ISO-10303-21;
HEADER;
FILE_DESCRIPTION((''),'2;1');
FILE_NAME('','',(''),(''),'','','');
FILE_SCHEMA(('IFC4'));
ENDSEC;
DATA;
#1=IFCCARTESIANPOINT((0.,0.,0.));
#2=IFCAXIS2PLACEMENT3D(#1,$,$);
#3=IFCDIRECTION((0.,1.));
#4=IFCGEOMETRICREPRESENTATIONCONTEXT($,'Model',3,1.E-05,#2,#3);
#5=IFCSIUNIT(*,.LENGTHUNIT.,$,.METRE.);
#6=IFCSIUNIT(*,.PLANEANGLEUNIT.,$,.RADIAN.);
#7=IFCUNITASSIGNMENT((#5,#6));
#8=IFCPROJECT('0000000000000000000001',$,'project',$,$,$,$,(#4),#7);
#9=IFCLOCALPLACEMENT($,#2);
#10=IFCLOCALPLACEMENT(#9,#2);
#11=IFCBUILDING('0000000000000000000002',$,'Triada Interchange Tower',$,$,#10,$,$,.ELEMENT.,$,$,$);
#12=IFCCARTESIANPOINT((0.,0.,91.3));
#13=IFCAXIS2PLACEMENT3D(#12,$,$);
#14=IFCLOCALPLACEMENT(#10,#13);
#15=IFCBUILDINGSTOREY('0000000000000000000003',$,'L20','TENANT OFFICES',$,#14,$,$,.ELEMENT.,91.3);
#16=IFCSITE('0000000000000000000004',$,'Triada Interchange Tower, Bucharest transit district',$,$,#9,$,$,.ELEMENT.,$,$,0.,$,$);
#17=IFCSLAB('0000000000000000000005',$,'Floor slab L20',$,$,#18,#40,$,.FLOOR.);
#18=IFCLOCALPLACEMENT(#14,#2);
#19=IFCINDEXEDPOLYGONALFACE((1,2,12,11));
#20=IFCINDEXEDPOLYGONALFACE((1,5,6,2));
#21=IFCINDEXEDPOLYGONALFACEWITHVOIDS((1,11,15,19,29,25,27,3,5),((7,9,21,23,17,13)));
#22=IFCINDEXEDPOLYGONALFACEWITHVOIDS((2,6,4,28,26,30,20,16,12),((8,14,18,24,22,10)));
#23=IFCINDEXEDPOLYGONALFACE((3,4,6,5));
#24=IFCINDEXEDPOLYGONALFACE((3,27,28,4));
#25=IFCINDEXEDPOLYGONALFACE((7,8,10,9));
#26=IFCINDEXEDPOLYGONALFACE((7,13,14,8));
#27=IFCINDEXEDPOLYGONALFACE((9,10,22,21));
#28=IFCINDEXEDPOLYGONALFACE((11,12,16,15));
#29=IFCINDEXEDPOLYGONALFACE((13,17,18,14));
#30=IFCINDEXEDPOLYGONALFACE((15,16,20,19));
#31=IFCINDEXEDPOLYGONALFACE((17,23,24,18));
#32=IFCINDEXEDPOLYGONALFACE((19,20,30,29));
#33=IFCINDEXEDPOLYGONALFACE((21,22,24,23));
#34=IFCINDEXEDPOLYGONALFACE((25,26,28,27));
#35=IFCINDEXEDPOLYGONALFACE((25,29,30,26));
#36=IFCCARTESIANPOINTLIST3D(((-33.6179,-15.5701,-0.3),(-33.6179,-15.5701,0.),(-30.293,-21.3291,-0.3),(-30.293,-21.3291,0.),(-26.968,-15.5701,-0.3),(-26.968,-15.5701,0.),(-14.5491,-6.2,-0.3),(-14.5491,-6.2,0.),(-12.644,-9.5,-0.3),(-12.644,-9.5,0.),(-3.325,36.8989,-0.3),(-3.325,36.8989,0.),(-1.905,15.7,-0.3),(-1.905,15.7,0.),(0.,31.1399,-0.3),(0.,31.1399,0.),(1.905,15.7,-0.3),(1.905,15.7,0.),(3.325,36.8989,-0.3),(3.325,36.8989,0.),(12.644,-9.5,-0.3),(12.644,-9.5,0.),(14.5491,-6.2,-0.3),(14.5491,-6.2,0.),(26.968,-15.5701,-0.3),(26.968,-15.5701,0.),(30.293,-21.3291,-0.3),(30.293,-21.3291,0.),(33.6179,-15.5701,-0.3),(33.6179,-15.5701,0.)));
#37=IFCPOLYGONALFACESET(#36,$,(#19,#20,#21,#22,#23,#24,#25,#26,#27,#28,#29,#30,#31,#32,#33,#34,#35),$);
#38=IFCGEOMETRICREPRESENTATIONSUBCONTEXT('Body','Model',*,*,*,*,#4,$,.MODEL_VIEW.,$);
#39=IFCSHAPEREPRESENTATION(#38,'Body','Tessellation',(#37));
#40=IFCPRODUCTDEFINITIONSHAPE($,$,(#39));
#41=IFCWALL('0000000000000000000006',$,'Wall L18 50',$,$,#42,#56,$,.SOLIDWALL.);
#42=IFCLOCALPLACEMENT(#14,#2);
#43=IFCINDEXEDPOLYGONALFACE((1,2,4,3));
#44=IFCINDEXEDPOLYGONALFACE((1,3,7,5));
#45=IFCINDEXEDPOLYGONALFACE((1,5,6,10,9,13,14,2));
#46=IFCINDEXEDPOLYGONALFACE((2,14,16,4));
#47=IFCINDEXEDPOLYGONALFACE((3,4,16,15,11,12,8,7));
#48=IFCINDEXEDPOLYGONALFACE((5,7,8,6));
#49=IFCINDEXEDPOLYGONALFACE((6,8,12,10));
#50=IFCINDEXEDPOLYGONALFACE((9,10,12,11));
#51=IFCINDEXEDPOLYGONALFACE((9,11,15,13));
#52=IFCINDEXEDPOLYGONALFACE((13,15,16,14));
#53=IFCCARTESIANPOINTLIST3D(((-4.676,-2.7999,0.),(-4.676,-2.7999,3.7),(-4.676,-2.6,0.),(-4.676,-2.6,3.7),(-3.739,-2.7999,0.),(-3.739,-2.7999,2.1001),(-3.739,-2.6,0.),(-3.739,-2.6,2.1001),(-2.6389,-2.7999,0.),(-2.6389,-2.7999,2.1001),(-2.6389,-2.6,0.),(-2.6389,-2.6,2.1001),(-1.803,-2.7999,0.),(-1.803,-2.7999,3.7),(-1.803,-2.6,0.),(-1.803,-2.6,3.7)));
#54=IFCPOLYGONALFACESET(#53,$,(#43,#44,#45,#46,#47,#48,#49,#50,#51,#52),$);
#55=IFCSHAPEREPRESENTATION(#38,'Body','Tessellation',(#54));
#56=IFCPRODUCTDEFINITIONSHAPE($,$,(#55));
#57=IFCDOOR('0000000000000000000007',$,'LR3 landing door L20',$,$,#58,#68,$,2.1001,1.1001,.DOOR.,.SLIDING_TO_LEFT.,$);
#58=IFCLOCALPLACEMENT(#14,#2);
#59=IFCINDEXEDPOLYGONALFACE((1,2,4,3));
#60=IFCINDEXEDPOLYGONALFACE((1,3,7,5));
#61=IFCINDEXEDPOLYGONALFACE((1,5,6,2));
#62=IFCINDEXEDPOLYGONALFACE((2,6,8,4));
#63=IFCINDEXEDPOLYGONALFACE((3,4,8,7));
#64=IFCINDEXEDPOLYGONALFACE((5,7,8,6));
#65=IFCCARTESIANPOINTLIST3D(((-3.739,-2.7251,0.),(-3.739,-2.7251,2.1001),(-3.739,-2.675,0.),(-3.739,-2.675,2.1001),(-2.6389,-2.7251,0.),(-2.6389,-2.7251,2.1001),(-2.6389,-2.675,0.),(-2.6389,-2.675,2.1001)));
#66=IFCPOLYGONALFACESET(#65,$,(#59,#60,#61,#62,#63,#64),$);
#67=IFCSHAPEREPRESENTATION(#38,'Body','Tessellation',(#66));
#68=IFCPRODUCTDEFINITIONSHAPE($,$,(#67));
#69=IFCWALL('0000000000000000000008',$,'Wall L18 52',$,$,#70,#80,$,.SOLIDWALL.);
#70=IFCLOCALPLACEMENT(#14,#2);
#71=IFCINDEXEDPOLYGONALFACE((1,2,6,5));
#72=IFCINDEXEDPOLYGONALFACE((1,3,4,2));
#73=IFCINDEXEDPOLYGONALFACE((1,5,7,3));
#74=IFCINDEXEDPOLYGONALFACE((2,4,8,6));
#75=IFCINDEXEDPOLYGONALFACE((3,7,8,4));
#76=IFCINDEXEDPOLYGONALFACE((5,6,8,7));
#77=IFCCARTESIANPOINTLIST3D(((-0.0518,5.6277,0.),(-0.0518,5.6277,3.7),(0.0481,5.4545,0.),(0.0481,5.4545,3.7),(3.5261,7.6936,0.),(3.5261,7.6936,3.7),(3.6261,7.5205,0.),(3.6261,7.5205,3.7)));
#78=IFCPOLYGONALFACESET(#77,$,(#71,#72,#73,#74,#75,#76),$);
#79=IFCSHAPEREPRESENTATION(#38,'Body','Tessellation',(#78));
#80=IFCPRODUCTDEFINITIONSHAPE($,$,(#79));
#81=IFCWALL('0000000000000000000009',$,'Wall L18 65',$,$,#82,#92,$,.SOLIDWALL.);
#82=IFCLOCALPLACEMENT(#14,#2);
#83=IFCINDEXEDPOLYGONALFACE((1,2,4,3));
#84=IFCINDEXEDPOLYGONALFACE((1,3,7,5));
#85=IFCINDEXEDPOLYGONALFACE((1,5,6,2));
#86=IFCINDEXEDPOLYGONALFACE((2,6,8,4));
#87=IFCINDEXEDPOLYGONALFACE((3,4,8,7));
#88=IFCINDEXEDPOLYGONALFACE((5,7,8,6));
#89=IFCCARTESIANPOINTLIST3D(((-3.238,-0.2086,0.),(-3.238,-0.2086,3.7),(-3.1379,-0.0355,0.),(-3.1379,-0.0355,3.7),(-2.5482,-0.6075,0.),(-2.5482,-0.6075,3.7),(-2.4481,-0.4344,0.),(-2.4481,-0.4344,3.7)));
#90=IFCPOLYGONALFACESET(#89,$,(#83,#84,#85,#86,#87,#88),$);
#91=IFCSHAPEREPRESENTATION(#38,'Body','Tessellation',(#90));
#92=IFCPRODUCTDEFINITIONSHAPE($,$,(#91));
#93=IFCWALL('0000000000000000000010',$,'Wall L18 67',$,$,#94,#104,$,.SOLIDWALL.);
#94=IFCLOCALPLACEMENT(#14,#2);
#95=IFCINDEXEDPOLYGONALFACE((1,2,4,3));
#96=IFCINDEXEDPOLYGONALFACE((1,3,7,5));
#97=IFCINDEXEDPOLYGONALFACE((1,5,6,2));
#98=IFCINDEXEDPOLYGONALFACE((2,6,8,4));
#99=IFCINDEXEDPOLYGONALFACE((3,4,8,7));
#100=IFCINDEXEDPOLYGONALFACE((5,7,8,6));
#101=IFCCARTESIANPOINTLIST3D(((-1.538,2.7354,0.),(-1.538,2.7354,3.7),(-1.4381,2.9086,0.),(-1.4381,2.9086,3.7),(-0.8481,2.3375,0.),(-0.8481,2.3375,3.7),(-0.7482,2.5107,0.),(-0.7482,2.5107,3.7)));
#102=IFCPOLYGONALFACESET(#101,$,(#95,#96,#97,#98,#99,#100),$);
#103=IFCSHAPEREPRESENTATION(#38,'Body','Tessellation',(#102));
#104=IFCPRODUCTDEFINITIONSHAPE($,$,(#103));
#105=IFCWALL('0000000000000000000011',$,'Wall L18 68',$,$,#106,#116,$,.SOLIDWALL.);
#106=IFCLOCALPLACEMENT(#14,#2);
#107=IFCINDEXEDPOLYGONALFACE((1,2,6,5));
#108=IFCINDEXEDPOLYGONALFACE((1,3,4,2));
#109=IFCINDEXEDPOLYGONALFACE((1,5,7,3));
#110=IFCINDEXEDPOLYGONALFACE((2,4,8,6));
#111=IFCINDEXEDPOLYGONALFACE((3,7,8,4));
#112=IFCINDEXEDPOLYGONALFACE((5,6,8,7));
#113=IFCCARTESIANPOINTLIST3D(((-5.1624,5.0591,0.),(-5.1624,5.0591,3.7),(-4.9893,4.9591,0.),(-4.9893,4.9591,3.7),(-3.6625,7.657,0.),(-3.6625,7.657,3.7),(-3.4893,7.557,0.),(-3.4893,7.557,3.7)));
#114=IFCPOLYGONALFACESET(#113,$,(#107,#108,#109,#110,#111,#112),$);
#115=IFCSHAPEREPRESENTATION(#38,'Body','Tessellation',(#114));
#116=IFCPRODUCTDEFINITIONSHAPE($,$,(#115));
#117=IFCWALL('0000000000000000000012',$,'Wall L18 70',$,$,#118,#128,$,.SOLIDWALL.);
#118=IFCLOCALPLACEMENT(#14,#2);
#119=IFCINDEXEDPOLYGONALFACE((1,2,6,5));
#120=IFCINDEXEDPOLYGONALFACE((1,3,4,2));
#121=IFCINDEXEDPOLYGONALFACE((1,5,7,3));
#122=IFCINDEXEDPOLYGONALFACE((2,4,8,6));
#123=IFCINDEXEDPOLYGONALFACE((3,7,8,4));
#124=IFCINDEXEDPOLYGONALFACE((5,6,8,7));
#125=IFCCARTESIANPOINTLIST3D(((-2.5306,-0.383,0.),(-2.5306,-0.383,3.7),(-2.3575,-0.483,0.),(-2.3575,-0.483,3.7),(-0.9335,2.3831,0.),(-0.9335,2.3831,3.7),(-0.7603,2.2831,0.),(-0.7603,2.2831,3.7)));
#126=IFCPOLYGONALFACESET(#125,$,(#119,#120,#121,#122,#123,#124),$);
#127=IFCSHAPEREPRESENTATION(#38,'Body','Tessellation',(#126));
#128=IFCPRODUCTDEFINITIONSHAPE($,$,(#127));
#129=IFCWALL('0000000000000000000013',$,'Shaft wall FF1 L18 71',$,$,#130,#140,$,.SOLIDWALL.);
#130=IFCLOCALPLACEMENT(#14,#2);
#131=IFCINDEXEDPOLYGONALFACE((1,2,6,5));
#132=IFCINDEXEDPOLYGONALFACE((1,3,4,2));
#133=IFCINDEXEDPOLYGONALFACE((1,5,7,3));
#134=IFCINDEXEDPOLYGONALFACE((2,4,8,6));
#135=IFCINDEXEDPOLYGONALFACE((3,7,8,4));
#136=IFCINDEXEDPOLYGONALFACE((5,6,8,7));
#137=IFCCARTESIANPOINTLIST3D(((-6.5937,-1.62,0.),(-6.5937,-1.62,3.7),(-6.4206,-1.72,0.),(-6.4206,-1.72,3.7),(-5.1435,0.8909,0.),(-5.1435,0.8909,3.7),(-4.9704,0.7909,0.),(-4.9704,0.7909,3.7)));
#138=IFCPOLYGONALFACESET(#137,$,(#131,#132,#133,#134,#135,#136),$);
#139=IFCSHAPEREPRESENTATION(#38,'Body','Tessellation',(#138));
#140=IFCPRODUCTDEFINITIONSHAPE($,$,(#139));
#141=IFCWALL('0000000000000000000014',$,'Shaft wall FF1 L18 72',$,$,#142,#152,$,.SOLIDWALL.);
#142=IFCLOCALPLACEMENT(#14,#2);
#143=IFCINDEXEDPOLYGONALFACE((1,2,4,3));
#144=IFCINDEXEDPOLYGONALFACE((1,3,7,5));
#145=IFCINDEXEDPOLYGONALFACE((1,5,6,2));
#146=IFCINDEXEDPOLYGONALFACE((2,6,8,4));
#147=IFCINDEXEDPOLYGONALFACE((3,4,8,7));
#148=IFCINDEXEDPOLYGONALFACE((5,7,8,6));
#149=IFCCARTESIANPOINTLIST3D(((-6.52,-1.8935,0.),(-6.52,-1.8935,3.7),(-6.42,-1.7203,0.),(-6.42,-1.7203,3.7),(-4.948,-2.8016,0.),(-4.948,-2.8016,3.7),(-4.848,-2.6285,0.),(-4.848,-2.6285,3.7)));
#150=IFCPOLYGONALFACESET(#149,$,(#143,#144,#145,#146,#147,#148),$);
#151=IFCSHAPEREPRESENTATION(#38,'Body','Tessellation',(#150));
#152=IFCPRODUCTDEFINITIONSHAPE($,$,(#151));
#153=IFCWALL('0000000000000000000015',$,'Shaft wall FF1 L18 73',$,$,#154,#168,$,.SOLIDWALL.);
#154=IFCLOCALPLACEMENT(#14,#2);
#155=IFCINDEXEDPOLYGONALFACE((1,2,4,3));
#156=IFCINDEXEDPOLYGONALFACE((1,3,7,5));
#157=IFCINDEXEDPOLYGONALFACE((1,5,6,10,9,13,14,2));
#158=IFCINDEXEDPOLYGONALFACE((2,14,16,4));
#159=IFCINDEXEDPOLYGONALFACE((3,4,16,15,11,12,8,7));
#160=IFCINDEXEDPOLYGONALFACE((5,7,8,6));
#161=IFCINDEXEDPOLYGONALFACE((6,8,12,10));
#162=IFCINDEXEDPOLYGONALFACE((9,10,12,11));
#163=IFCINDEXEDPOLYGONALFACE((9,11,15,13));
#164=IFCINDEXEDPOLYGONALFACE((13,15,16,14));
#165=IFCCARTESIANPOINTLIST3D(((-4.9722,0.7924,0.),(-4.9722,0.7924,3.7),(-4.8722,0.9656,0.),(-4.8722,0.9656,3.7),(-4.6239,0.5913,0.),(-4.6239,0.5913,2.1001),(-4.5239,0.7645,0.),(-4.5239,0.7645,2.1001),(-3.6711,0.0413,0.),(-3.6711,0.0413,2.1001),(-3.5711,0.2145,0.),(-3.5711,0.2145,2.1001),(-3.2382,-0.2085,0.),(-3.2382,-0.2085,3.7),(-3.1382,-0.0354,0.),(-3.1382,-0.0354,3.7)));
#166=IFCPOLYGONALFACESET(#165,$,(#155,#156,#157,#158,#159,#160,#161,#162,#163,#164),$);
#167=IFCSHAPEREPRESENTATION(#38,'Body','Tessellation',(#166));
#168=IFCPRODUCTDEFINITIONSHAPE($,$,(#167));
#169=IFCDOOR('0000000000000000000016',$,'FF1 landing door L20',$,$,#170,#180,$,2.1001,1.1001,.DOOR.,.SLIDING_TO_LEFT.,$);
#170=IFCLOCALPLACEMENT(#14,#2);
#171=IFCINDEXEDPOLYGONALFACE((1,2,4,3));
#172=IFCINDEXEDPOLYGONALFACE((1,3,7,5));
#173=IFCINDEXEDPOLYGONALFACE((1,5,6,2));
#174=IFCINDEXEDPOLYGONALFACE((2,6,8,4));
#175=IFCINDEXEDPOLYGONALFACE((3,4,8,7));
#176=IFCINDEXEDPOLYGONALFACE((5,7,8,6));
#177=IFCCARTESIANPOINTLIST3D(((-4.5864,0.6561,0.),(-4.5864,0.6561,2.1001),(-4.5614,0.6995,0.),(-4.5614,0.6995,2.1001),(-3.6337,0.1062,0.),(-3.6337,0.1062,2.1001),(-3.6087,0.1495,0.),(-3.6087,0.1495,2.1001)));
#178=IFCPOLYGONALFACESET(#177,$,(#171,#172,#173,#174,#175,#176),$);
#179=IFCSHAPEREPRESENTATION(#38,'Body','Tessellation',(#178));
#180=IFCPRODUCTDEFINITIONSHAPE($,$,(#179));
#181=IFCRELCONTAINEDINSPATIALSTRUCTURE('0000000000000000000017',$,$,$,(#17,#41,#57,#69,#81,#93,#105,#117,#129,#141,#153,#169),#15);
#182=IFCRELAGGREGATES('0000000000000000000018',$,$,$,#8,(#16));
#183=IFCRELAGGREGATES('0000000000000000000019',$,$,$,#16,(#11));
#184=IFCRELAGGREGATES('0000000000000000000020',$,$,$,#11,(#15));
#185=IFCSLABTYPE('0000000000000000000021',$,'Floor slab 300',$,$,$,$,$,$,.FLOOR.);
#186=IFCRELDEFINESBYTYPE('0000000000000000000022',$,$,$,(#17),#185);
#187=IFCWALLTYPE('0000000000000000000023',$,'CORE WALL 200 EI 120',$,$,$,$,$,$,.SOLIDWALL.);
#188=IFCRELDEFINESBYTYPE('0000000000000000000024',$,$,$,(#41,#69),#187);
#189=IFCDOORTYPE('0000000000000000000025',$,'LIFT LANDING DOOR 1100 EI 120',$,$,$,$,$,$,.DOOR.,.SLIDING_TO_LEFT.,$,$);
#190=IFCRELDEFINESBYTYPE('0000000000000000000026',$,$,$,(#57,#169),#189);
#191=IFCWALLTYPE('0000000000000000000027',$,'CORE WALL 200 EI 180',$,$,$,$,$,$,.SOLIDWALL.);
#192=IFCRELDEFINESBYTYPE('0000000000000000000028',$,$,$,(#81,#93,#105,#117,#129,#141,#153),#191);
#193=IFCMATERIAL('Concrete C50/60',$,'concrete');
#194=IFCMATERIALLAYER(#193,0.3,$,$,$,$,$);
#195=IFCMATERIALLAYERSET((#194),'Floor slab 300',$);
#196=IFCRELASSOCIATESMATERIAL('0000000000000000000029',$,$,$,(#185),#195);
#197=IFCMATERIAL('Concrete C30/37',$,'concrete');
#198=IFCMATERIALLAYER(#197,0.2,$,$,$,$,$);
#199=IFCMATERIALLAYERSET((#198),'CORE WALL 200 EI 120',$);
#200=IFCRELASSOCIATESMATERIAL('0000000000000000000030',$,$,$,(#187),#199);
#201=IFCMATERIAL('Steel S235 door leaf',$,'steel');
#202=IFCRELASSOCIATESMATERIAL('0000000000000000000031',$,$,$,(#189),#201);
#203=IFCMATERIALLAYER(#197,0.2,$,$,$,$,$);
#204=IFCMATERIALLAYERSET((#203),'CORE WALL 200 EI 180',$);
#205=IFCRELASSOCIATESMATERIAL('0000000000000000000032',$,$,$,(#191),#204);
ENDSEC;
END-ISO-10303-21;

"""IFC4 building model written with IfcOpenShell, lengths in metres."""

from ifc_helpers import new_model, si_unit, direction, frame, frame_2d, origin, place, context, subcontext, project, spatial, polyline, rectangle, outline, extrude, material, layer, layer_set, type_object, element, fill, save


model = new_model("IFC4")

# Units and contexts
model_context = context("Model", 3, precision=1e-05, world=origin(), true_north=direction((0.0, 1.0)))
body_context = subcontext(model_context, "Body", "Model", "MODEL_VIEW")
ifc_project = project(units=[si_unit("LENGTHUNIT", "METRE"), si_unit("PLANEANGLEUNIT", "RADIAN")], contexts=[model_context])

# Site, building, storey
site_placement = place(None, origin())
site = spatial("IfcSite", under=ifc_project, at=site_placement, Name="Triada Interchange Tower, Bucharest transit district", CompositionType="ELEMENT", RefElevation=0.0)
building_placement = place(site_placement, origin())
building = spatial("IfcBuilding", under=site, at=building_placement, Name="Triada Interchange Tower", CompositionType="ELEMENT")
storey_placement = place(building_placement, frame((0.0, 0.0, 91.3)))
storey = spatial("IfcBuildingStorey", under=building, at=storey_placement, Name="L20", Description="TENANT OFFICES", CompositionType="ELEMENT", Elevation=91.3)

# Slab
ifc_material_1 = material(Name="Concrete C50/60", Category="concrete")
ifc_layer_1 = layer(ifc_material_1, 0.3)
ifc_layer_set_1 = layer_set([ifc_layer_1], Name="Floor slab 300")
slab_type = type_object("IfcSlabType", Name="Floor slab 300", PredefinedType="FLOOR", material=ifc_layer_set_1)
slab_placement = place(storey_placement, frame((0.0, 0.0, -0.3)))
element("IfcSlab", 1, at=slab_placement, inside=storey, type_object=slab_type, Name="Floor slab L20", PredefinedType="FLOOR", context=body_context, shape_type="SweptSolid", body=[
    extrude(outline(polyline([(-3.325, 36.8989), (-33.6179, -15.5701), (-26.968, -15.5701), (-30.293, -21.3291), (30.293, -21.3291), (26.968, -15.5701), (33.6179, -15.5701), (3.325, 36.8989), (0.0, 31.1399), (-3.325, 36.8989)]), holes=[polyline([(1.905, 15.7), (-1.905, 15.7), (-14.5491, -6.2), (-12.644, -9.5), (12.644, -9.5), (14.5491, -6.2), (1.905, 15.7)])]), origin(), (0.0, 0.0, 1.0), 0.3),
])

# Wall, opening, door
ifc_material_2 = material(Name="Concrete C30/37", Category="concrete")
ifc_layer_2 = layer(ifc_material_2, 0.2)
ifc_layer_set_2 = layer_set([ifc_layer_2], Name="CORE WALL 200 EI 120")
wall_type_1 = type_object("IfcWallType", Name="CORE WALL 200 EI 120", PredefinedType="SOLIDWALL", material=ifc_layer_set_2)
wall_1_placement = place(storey_placement, frame((-4.676, -2.7, 0.0), z_axis=(0.0, 0.0, 1.0), x_axis=(1.0, 0.0, 0.0)))
wall_1 = element("IfcWall", 2, at=wall_1_placement, inside=storey, type_object=wall_type_1, Name="Wall L18 50", PredefinedType="SOLIDWALL", context=body_context, shape_type="SweptSolid", body=[
    extrude(rectangle(XDim=2.873, YDim=0.2, at=frame_2d((1.4365, 0.0))), origin(), (0.0, 0.0, 1.0), 3.7),
])
opening_1_placement = place(wall_1_placement, frame((0.937, 0.0, 0.0)))
opening_1 = element("IfcOpeningElement", 3, at=opening_1_placement, cuts=wall_1, PredefinedType="OPENING", context=body_context, shape_type="SweptSolid", body=[
    extrude(rectangle(XDim=1.1001, YDim=2.1001, at=frame_2d((0.55, 1.05))), frame((0.0, 0.1099, 0.0), z_axis=(0.0, -1.0, 0.0), x_axis=(1.0, 0.0, 0.0)), (0.0, 0.0, 1.0), 0.22),
])
ifc_material_3 = material(Name="Steel S235 door leaf", Category="steel")
door_type = type_object("IfcDoorType", Name="LIFT LANDING DOOR 1100 EI 120", OperationType="SLIDING_TO_LEFT", PredefinedType="DOOR", material=ifc_material_3)
door_1_placement = place(opening_1_placement, origin())
door_1 = element("IfcDoor", 4, at=door_1_placement, inside=storey, type_object=door_type, Name="LR3 landing door L20", OperationType="SLIDING_TO_LEFT", OverallHeight=2.1001, OverallWidth=1.1001, PredefinedType="DOOR", context=body_context, shape_type="SweptSolid", body=[
    extrude(rectangle(XDim=1.1001, YDim=2.1001, at=frame_2d((0.55, 1.05))), frame((0.0, 0.0249, 0.0), z_axis=(0.0, -1.0, 0.0), x_axis=(1.0, 0.0, 0.0)), (0.0, 0.0, 1.0), 0.05),
])
fill(opening_1, door_1)

# Walls
wall_2_placement = place(storey_placement, frame((-0.002, 5.541, 0.0), z_axis=(0.0, 0.0, 1.0), x_axis=(0.866002, 0.500041, 0.0)))
element("IfcWall", 5, at=wall_2_placement, inside=storey, type_object=wall_type_1, Name="Wall L18 52", PredefinedType="SOLIDWALL", context=body_context, shape_type="SweptSolid", body=[
    extrude(rectangle(XDim=4.1316, YDim=0.2, at=frame_2d((2.0659, 0.0))), origin(), (0.0, 0.0, 1.0), 3.7),
])
ifc_layer_3 = layer(ifc_material_2, 0.2)
ifc_layer_set_3 = layer_set([ifc_layer_3], Name="CORE WALL 200 EI 180")
wall_type_2 = type_object("IfcWallType", Name="CORE WALL 200 EI 180", PredefinedType="SOLIDWALL", material=ifc_layer_set_3)
wall_3_placement = place(storey_placement, frame((-3.188, -0.1221, 0.0), z_axis=(0.0, 0.0, 1.0), x_axis=(0.865706, -0.500553, 0.0)))
element("IfcWall", 6, at=wall_3_placement, inside=storey, type_object=wall_type_2, Name="Wall L18 65", PredefinedType="SOLIDWALL", context=body_context, shape_type="SweptSolid", body=[
    extrude(rectangle(XDim=0.7969, YDim=0.2, at=frame_2d((0.3984, 0.0))), origin(), (0.0, 0.0, 1.0), 3.7),
])
wall_4_placement = place(storey_placement, frame((-1.488, 2.822, 0.0), z_axis=(0.0, 0.0, 1.0), x_axis=(0.866237, -0.499634, 0.0)))
element("IfcWall", 7, at=wall_4_placement, inside=storey, type_object=wall_type_2, Name="Wall L18 67", PredefinedType="SOLIDWALL", context=body_context, shape_type="SweptSolid", body=[
    extrude(rectangle(XDim=0.7964, YDim=0.2, at=frame_2d((0.3982, 0.0))), origin(), (0.0, 0.0, 1.0), 3.7),
])
wall_5_placement = place(storey_placement, frame((-5.0759, 5.009, 0.0), z_axis=(0.0, 0.0, 1.0), x_axis=(0.500025, 0.866011, 0.0)))
element("IfcWall", 8, at=wall_5_placement, inside=storey, type_object=wall_type_2, Name="Wall L18 68", PredefinedType="SOLIDWALL", context=body_context, shape_type="SweptSolid", body=[
    extrude(rectangle(XDim=2.9998, YDim=0.2, at=frame_2d((1.5, 0.0))), origin(), (0.0, 0.0, 1.0), 3.7),
])
wall_6_placement = place(storey_placement, frame((-2.4441, -0.4331, 0.0), z_axis=(0.0, 0.0, 1.0), x_axis=(0.500036, 0.866005, 0.0)))
element("IfcWall", 9, at=wall_6_placement, inside=storey, type_object=wall_type_2, Name="Wall L18 70", PredefinedType="SOLIDWALL", context=body_context, shape_type="SweptSolid", body=[
    extrude(rectangle(XDim=3.1941, YDim=0.2, at=frame_2d((1.5972, 0.0))), origin(), (0.0, 0.0, 1.0), 3.7),
])
wall_7_placement = place(storey_placement, frame((-6.5071, -1.6699, 0.0), z_axis=(0.0, 0.0, 1.0), x_axis=(0.500123, 0.865954, 0.0)))
element("IfcWall", 10, at=wall_7_placement, inside=storey, type_object=wall_type_2, Name="Shaft wall FF1 L18 71", PredefinedType="SOLIDWALL", context=body_context, shape_type="SweptSolid", body=[
    extrude(rectangle(XDim=2.8997, YDim=0.2, at=frame_2d((1.4497, 0.0))), origin(), (0.0, 0.0, 1.0), 3.7),
])
wall_8_placement = place(storey_placement, frame((-6.47, -1.8069, 0.0), z_axis=(0.0, 0.0, 1.0), x_axis=(0.865883, -0.500246, 0.0)))
element("IfcWall", 11, at=wall_8_placement, inside=storey, type_object=wall_type_2, Name="Shaft wall FF1 L18 72", PredefinedType="SOLIDWALL", context=body_context, shape_type="SweptSolid", body=[
    extrude(rectangle(XDim=1.8154, YDim=0.2, at=frame_2d((0.9077, 0.0))), origin(), (0.0, 0.0, 1.0), 3.7),
])

# Wall, opening, door
wall_9_placement = place(storey_placement, frame((-4.9221, 0.8789, 0.0), z_axis=(0.0, 0.0, 1.0), x_axis=(0.866074, -0.499916, 0.0)))
wall_9 = element("IfcWall", 12, at=wall_9_placement, inside=storey, type_object=wall_type_2, Name="Shaft wall FF1 L18 73", PredefinedType="SOLIDWALL", context=body_context, shape_type="SweptSolid", body=[
    extrude(rectangle(XDim=2.0022, YDim=0.2, at=frame_2d((1.001, 0.0))), origin(), (0.0, 0.0, 1.0), 3.7),
])
opening_2_placement = place(wall_9_placement, frame((0.4021, 0.0, 0.0)))
opening_2 = element("IfcOpeningElement", 13, at=opening_2_placement, cuts=wall_9, PredefinedType="OPENING", context=body_context, shape_type="SweptSolid", body=[
    extrude(rectangle(XDim=1.1001, YDim=2.1001, at=frame_2d((0.55, 1.05))), frame((0.0, 0.1099, 0.0), z_axis=(0.0, -1.0, 0.0), x_axis=(1.0, 0.0, 0.0)), (0.0, 0.0, 1.0), 0.22),
])
door_2_placement = place(opening_2_placement, origin())
door_2 = element("IfcDoor", 14, at=door_2_placement, inside=storey, type_object=door_type, Name="FF1 landing door L20", OperationType="SLIDING_TO_LEFT", OverallHeight=2.1001, OverallWidth=1.1001, PredefinedType="DOOR", context=body_context, shape_type="SweptSolid", body=[
    extrude(rectangle(XDim=1.1001, YDim=2.1001, at=frame_2d((0.55, 1.05))), frame((0.0, 0.0249, 0.0), z_axis=(0.0, -1.0, 0.0), x_axis=(1.0, 0.0, 0.0)), (0.0, 0.0, 1.0), 0.05),
])
fill(opening_2, door_2)

save(model, "model.ifc")
